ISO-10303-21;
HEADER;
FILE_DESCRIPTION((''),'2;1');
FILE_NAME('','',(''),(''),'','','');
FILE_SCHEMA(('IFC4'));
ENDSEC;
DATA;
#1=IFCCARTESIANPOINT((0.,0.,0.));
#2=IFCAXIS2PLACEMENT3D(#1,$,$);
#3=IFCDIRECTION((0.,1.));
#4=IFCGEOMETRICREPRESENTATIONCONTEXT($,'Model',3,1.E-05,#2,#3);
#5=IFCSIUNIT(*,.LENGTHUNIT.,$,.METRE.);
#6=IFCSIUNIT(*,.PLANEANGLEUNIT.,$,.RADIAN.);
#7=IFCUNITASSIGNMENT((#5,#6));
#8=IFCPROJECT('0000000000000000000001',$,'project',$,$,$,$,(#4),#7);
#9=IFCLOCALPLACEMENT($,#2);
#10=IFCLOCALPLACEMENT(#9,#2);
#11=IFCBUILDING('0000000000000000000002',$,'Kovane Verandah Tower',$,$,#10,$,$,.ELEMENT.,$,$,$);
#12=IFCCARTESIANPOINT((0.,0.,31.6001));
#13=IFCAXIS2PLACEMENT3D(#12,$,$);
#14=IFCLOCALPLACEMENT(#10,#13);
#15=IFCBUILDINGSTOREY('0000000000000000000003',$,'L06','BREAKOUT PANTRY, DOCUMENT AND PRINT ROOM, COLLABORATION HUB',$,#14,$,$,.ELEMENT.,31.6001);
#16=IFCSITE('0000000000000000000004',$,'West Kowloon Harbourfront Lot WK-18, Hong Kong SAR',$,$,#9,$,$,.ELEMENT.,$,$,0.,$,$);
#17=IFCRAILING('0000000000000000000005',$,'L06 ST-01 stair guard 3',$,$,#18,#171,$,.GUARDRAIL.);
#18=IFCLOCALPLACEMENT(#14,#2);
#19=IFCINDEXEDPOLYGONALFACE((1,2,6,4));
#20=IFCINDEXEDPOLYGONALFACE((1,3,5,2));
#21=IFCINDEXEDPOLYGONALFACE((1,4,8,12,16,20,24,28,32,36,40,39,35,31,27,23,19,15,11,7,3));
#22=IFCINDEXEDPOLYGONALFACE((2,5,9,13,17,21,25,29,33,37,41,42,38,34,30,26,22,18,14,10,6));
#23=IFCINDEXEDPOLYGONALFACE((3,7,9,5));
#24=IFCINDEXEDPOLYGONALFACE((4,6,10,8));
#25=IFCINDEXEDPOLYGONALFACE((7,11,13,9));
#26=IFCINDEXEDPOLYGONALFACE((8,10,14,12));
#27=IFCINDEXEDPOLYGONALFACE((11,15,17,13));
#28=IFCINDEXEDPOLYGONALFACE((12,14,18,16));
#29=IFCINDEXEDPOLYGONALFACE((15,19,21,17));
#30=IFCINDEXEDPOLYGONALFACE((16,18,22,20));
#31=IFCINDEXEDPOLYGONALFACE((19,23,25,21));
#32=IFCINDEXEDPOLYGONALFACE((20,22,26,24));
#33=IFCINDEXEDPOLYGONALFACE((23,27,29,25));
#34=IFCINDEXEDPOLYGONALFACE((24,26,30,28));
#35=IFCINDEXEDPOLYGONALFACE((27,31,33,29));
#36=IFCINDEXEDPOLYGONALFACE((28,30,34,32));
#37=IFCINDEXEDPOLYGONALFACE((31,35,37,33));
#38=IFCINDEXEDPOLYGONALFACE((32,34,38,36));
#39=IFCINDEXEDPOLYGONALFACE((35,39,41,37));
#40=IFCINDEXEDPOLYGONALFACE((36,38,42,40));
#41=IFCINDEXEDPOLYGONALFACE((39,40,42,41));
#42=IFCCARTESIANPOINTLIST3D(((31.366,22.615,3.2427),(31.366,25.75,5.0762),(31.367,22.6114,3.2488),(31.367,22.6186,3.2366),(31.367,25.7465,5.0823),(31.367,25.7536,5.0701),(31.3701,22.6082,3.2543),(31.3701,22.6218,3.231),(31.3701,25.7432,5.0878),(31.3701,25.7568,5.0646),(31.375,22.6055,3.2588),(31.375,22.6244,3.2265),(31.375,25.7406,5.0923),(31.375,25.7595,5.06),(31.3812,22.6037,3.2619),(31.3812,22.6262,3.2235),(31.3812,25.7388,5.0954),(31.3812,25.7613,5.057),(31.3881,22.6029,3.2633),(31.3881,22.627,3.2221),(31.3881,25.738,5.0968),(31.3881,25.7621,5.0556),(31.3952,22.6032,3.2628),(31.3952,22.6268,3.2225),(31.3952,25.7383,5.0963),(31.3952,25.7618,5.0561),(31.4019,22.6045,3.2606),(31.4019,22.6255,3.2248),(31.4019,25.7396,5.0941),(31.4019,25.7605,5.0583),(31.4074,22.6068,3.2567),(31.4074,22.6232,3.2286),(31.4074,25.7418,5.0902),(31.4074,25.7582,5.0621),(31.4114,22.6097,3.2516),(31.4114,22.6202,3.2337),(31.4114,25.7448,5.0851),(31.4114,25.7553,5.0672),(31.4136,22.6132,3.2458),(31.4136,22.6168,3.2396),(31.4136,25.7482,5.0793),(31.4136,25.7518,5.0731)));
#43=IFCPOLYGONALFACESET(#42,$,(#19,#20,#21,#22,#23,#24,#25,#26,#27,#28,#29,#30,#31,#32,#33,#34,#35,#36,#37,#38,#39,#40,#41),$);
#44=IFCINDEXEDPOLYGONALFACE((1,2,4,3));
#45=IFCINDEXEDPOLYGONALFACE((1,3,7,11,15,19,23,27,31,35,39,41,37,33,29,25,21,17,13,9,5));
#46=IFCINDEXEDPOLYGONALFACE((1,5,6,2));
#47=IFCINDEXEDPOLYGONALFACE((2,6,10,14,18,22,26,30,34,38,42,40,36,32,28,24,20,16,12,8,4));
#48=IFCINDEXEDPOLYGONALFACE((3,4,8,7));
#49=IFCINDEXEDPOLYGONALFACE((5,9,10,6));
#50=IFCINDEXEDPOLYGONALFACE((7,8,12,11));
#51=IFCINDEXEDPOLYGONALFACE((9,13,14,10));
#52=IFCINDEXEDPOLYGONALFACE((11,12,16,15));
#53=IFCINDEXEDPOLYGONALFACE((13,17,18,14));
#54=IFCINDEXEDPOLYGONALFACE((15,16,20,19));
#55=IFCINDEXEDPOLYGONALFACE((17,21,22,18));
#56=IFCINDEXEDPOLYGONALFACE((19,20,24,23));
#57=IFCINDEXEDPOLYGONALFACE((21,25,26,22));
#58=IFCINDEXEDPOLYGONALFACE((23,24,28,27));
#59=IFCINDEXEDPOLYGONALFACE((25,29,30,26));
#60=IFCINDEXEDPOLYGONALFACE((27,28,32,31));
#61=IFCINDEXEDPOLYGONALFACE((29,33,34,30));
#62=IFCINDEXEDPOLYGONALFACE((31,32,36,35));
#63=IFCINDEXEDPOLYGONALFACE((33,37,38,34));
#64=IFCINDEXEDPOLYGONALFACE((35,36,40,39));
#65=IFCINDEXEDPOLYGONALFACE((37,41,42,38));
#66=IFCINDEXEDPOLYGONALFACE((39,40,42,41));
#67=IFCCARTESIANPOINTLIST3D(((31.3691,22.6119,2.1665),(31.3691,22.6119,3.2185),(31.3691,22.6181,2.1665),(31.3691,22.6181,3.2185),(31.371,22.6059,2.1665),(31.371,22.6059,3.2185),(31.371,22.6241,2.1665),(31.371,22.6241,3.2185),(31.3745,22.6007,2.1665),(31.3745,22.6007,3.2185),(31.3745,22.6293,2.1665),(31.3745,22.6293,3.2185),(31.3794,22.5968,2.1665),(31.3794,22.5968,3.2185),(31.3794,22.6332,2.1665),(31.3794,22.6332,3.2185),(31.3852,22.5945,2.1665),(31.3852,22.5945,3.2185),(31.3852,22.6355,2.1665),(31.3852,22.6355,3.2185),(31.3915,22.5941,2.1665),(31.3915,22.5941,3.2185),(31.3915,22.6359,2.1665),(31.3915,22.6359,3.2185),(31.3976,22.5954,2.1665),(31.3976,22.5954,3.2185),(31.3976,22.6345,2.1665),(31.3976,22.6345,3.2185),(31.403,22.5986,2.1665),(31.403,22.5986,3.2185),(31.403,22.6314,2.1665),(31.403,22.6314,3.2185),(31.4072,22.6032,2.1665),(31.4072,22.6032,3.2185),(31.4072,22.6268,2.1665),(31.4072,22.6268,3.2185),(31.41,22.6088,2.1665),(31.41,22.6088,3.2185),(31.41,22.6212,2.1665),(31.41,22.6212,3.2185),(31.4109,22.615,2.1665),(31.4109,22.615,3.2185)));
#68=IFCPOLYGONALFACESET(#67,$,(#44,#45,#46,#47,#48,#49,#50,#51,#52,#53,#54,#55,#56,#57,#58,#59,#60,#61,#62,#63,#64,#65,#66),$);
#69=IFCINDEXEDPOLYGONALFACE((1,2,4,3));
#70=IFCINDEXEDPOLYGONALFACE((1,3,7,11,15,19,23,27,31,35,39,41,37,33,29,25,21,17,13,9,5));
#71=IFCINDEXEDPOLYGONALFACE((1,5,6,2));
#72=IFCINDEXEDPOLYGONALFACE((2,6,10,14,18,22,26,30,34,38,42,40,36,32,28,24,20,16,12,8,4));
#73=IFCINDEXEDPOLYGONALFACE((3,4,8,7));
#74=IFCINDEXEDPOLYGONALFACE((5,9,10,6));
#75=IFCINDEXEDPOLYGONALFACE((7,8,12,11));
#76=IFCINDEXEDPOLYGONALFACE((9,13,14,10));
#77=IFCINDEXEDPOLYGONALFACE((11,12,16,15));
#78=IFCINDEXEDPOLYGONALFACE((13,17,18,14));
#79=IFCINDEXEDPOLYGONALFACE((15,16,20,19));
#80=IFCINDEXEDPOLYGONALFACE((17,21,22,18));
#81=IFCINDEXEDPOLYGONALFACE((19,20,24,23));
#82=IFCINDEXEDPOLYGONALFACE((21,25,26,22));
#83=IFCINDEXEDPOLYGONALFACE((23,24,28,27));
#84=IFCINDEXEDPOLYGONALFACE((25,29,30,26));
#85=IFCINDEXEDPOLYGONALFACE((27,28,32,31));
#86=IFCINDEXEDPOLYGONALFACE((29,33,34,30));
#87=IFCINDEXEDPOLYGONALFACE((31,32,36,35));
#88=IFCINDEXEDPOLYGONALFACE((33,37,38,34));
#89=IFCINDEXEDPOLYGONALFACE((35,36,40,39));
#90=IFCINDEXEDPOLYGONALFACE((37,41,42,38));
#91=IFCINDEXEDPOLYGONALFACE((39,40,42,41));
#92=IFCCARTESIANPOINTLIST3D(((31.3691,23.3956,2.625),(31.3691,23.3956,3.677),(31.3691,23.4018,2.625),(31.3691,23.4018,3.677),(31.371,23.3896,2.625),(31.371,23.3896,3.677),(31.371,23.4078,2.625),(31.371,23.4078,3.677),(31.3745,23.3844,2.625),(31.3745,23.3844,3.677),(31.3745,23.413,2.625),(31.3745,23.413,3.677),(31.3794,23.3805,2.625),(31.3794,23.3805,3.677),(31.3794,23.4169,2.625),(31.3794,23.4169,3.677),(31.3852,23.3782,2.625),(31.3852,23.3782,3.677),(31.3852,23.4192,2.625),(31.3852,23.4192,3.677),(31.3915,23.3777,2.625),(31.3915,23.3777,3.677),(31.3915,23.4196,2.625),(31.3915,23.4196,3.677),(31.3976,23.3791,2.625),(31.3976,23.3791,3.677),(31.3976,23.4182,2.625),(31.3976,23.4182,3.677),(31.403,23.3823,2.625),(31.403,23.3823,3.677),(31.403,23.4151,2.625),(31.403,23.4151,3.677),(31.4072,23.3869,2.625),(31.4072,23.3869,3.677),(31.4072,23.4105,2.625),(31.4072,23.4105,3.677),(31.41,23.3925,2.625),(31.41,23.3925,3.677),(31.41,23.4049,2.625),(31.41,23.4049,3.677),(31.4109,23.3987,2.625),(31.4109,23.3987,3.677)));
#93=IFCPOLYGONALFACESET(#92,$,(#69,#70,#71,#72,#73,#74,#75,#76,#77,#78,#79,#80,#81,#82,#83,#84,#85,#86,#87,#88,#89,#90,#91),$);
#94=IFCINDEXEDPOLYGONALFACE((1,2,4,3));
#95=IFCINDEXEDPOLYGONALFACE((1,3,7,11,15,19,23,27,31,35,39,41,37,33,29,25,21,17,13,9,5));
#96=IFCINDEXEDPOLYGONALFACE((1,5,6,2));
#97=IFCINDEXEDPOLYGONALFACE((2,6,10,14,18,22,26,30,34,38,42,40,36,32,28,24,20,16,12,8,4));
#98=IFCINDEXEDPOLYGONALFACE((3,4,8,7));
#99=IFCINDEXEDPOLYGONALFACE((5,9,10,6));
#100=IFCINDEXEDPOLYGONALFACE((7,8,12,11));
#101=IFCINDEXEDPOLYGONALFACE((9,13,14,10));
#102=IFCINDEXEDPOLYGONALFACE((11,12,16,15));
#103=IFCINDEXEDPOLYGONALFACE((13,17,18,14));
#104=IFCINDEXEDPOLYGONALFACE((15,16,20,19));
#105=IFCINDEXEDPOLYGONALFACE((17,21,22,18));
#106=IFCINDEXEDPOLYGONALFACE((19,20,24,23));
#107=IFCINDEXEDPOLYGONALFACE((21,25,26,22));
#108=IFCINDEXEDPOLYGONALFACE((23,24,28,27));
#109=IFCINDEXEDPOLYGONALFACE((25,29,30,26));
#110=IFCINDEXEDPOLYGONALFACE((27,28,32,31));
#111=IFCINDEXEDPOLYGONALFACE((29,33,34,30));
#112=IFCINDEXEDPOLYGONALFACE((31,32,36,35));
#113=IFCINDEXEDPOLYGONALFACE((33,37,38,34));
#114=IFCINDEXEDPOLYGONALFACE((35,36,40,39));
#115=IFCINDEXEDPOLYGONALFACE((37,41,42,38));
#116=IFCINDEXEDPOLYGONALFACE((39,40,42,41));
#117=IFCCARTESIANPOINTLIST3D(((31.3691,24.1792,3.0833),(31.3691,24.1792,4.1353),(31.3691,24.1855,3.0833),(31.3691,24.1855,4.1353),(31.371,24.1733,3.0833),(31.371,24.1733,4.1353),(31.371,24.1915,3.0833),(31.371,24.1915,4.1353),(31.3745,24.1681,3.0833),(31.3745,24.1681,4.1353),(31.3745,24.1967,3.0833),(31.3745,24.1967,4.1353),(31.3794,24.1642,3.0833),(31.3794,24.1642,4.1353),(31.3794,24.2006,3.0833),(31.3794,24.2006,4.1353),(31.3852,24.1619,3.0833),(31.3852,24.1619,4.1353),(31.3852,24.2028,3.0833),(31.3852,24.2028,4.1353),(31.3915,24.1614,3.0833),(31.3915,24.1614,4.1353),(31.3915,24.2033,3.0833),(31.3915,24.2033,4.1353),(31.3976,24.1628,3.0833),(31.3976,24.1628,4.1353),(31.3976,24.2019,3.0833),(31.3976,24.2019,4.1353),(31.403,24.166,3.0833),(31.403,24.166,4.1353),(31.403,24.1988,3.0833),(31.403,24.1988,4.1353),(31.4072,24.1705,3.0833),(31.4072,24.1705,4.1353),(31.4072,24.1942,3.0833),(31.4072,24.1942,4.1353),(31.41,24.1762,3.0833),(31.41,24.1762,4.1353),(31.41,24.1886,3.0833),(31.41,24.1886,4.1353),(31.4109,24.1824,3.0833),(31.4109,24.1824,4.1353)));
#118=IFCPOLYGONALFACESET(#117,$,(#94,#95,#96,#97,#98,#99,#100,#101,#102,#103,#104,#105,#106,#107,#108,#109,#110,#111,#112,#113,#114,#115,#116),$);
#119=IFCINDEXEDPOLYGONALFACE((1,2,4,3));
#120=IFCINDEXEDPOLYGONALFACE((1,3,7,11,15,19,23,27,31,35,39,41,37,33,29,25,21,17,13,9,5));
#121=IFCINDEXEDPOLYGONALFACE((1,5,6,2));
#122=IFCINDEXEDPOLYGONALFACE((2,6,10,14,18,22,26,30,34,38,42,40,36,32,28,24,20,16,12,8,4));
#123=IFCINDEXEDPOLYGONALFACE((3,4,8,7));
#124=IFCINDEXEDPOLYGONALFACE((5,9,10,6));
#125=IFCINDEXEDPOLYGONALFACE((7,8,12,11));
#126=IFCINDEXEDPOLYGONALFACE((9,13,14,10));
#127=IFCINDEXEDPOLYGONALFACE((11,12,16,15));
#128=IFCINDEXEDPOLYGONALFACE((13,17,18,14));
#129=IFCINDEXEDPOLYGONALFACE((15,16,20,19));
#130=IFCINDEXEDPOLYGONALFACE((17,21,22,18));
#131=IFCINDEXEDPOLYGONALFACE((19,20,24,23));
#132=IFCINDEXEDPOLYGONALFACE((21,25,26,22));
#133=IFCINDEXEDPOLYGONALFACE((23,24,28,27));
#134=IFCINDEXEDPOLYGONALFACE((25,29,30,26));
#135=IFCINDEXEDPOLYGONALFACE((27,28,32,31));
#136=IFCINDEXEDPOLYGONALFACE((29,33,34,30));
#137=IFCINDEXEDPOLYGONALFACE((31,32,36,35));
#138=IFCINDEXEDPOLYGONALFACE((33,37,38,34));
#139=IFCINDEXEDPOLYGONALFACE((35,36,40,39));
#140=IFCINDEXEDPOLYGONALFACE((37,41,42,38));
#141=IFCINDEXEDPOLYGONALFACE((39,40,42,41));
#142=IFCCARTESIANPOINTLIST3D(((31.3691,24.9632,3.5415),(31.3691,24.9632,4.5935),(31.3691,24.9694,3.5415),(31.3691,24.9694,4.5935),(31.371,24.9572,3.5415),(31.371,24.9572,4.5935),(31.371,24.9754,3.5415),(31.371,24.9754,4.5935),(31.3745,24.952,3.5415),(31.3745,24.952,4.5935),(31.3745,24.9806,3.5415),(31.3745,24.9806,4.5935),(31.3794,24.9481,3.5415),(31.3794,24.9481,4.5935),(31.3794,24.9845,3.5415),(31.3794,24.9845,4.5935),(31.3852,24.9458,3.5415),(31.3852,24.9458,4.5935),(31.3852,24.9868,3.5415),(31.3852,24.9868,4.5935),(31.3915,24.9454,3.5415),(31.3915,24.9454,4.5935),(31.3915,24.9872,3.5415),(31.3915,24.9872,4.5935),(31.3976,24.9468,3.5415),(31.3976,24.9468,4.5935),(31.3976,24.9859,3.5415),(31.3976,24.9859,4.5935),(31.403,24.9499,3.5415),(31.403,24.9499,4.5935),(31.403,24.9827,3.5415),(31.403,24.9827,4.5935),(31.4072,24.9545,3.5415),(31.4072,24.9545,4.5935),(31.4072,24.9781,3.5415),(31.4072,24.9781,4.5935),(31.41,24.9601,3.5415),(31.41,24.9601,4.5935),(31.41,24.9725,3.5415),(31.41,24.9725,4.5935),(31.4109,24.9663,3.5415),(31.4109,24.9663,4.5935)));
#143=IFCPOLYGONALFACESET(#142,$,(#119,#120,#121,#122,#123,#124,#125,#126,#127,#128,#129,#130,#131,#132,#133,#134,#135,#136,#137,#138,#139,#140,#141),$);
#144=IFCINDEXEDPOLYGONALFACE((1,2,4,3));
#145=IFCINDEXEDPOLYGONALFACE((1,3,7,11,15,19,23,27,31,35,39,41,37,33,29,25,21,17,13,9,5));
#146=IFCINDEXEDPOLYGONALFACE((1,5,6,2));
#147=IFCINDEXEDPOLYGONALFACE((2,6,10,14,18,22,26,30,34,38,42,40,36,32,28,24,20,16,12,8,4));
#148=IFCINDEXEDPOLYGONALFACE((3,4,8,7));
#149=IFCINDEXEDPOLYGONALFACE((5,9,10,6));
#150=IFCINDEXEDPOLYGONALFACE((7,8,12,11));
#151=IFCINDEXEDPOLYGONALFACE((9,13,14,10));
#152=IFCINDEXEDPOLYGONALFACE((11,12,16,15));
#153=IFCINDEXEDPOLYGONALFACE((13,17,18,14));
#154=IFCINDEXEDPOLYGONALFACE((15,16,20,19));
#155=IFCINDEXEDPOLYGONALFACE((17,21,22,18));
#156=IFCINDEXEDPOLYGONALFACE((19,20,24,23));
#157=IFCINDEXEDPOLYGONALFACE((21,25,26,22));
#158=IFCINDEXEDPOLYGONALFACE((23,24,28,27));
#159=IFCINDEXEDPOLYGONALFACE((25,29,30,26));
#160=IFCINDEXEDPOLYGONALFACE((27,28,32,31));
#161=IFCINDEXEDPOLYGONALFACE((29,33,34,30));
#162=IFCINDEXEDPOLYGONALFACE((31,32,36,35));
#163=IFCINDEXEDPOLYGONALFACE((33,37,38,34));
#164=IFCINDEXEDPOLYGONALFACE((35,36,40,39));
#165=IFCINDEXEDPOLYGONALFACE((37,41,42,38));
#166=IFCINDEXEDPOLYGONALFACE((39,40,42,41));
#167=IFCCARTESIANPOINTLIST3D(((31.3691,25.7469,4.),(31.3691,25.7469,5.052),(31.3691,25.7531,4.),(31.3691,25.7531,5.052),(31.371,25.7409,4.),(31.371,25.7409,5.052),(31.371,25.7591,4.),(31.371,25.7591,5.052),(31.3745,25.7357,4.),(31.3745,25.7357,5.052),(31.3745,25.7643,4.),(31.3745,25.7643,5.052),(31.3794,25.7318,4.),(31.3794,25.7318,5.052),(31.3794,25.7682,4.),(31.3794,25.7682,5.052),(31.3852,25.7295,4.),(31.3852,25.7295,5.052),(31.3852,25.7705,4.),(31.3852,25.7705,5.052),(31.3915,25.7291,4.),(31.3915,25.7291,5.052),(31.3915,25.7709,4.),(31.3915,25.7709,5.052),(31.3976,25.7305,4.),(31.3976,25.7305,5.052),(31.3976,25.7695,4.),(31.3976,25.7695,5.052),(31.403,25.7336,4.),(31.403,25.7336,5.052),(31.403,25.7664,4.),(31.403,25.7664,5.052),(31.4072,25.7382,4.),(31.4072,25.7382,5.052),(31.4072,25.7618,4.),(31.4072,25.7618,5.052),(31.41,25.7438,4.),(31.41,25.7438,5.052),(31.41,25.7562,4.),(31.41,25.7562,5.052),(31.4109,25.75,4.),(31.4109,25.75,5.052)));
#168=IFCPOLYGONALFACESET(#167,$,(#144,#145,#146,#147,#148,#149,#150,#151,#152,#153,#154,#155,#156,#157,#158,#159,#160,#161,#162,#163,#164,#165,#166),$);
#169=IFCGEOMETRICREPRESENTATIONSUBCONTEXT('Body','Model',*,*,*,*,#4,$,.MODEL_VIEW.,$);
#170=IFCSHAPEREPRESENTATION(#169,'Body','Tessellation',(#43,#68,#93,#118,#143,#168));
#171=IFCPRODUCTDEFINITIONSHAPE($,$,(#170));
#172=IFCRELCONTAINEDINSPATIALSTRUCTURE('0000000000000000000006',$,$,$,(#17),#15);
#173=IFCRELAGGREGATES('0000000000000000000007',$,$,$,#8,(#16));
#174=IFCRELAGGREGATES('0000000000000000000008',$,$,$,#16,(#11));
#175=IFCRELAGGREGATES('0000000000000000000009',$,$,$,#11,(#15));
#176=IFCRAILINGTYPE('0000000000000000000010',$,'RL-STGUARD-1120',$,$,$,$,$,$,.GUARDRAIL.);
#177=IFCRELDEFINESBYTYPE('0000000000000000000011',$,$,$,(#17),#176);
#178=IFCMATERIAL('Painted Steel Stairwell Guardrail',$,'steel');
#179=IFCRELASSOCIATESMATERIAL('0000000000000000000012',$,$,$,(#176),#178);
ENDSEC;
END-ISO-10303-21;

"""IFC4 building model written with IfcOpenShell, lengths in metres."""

from ifc_helpers import new_model, si_unit, direction, frame, origin, origin_2d, place, context, subcontext, project, spatial, circle, extrude, material, type_object, element, save


model = new_model("IFC4")

# Units and contexts
model_context = context("Model", 3, precision=1e-05, world=origin(), true_north=direction((0.0, 1.0)))
body_context = subcontext(model_context, "Body", "Model", "MODEL_VIEW")
ifc_project = project(units=[si_unit("LENGTHUNIT", "METRE"), si_unit("PLANEANGLEUNIT", "RADIAN")], contexts=[model_context])

# Site, building, storey
site_placement = place(None, origin())
site = spatial("IfcSite", under=ifc_project, at=site_placement, Name="West Kowloon Harbourfront Lot WK-18, Hong Kong SAR", CompositionType="ELEMENT", RefElevation=0.0)
building_placement = place(site_placement, origin())
building = spatial("IfcBuilding", under=site, at=building_placement, Name="Kovane Verandah Tower", CompositionType="ELEMENT")
storey_placement = place(building_placement, frame((0.0, 0.0, 31.6001)))
storey = spatial("IfcBuildingStorey", under=building, at=storey_placement, Name="L06", Description="BREAKOUT PANTRY, DOCUMENT AND PRINT ROOM, COLLABORATION HUB", CompositionType="ELEMENT", Elevation=31.6001)

# Railing
ifc_material_1 = material(Name="Painted Steel Stairwell Guardrail", Category="steel")
railing_type_1 = type_object("IfcRailingType", Name="RL-STGUARD-1120", PredefinedType="GUARDRAIL", material=ifc_material_1)
railing_1_placement = place(storey_placement, frame((31.3899, 22.615, 2.1665)))
element("IfcRailing", 1, at=railing_1_placement, inside=storey, type_object=railing_type_1, Name="L06 ST-01 stair guard 3", PredefinedType="GUARDRAIL", context=body_context, shape_type="SweptSolid", body=[
    extrude(circle(Radius=0.0239, at=origin_2d()), frame((0.0, 0.0, 1.0762), z_axis=(0.0, 0.86321, 0.504845), x_axis=(-1.0, 0.0, 0.0)), (0.0, 0.0, 1.0), 3.6318),
    extrude(circle(Radius=0.021, at=origin_2d()), origin(), (0.0, 0.0, 1.0), 1.052),
    extrude(circle(Radius=0.021, at=origin_2d()), frame((0.0, 0.7837, 0.4585)), (0.0, 0.0, 1.0), 1.052),
    extrude(circle(Radius=0.021, at=origin_2d()), frame((0.0, 1.5674, 0.9167)), (0.0, 0.0, 1.0), 1.052),
    extrude(circle(Radius=0.021, at=origin_2d()), frame((0.0, 2.3513, 1.375)), (0.0, 0.0, 1.0), 1.052),
    extrude(circle(Radius=0.021, at=origin_2d()), frame((0.0, 3.135, 1.8335)), (0.0, 0.0, 1.0), 1.052),
])

save(model, "model.ifc")
